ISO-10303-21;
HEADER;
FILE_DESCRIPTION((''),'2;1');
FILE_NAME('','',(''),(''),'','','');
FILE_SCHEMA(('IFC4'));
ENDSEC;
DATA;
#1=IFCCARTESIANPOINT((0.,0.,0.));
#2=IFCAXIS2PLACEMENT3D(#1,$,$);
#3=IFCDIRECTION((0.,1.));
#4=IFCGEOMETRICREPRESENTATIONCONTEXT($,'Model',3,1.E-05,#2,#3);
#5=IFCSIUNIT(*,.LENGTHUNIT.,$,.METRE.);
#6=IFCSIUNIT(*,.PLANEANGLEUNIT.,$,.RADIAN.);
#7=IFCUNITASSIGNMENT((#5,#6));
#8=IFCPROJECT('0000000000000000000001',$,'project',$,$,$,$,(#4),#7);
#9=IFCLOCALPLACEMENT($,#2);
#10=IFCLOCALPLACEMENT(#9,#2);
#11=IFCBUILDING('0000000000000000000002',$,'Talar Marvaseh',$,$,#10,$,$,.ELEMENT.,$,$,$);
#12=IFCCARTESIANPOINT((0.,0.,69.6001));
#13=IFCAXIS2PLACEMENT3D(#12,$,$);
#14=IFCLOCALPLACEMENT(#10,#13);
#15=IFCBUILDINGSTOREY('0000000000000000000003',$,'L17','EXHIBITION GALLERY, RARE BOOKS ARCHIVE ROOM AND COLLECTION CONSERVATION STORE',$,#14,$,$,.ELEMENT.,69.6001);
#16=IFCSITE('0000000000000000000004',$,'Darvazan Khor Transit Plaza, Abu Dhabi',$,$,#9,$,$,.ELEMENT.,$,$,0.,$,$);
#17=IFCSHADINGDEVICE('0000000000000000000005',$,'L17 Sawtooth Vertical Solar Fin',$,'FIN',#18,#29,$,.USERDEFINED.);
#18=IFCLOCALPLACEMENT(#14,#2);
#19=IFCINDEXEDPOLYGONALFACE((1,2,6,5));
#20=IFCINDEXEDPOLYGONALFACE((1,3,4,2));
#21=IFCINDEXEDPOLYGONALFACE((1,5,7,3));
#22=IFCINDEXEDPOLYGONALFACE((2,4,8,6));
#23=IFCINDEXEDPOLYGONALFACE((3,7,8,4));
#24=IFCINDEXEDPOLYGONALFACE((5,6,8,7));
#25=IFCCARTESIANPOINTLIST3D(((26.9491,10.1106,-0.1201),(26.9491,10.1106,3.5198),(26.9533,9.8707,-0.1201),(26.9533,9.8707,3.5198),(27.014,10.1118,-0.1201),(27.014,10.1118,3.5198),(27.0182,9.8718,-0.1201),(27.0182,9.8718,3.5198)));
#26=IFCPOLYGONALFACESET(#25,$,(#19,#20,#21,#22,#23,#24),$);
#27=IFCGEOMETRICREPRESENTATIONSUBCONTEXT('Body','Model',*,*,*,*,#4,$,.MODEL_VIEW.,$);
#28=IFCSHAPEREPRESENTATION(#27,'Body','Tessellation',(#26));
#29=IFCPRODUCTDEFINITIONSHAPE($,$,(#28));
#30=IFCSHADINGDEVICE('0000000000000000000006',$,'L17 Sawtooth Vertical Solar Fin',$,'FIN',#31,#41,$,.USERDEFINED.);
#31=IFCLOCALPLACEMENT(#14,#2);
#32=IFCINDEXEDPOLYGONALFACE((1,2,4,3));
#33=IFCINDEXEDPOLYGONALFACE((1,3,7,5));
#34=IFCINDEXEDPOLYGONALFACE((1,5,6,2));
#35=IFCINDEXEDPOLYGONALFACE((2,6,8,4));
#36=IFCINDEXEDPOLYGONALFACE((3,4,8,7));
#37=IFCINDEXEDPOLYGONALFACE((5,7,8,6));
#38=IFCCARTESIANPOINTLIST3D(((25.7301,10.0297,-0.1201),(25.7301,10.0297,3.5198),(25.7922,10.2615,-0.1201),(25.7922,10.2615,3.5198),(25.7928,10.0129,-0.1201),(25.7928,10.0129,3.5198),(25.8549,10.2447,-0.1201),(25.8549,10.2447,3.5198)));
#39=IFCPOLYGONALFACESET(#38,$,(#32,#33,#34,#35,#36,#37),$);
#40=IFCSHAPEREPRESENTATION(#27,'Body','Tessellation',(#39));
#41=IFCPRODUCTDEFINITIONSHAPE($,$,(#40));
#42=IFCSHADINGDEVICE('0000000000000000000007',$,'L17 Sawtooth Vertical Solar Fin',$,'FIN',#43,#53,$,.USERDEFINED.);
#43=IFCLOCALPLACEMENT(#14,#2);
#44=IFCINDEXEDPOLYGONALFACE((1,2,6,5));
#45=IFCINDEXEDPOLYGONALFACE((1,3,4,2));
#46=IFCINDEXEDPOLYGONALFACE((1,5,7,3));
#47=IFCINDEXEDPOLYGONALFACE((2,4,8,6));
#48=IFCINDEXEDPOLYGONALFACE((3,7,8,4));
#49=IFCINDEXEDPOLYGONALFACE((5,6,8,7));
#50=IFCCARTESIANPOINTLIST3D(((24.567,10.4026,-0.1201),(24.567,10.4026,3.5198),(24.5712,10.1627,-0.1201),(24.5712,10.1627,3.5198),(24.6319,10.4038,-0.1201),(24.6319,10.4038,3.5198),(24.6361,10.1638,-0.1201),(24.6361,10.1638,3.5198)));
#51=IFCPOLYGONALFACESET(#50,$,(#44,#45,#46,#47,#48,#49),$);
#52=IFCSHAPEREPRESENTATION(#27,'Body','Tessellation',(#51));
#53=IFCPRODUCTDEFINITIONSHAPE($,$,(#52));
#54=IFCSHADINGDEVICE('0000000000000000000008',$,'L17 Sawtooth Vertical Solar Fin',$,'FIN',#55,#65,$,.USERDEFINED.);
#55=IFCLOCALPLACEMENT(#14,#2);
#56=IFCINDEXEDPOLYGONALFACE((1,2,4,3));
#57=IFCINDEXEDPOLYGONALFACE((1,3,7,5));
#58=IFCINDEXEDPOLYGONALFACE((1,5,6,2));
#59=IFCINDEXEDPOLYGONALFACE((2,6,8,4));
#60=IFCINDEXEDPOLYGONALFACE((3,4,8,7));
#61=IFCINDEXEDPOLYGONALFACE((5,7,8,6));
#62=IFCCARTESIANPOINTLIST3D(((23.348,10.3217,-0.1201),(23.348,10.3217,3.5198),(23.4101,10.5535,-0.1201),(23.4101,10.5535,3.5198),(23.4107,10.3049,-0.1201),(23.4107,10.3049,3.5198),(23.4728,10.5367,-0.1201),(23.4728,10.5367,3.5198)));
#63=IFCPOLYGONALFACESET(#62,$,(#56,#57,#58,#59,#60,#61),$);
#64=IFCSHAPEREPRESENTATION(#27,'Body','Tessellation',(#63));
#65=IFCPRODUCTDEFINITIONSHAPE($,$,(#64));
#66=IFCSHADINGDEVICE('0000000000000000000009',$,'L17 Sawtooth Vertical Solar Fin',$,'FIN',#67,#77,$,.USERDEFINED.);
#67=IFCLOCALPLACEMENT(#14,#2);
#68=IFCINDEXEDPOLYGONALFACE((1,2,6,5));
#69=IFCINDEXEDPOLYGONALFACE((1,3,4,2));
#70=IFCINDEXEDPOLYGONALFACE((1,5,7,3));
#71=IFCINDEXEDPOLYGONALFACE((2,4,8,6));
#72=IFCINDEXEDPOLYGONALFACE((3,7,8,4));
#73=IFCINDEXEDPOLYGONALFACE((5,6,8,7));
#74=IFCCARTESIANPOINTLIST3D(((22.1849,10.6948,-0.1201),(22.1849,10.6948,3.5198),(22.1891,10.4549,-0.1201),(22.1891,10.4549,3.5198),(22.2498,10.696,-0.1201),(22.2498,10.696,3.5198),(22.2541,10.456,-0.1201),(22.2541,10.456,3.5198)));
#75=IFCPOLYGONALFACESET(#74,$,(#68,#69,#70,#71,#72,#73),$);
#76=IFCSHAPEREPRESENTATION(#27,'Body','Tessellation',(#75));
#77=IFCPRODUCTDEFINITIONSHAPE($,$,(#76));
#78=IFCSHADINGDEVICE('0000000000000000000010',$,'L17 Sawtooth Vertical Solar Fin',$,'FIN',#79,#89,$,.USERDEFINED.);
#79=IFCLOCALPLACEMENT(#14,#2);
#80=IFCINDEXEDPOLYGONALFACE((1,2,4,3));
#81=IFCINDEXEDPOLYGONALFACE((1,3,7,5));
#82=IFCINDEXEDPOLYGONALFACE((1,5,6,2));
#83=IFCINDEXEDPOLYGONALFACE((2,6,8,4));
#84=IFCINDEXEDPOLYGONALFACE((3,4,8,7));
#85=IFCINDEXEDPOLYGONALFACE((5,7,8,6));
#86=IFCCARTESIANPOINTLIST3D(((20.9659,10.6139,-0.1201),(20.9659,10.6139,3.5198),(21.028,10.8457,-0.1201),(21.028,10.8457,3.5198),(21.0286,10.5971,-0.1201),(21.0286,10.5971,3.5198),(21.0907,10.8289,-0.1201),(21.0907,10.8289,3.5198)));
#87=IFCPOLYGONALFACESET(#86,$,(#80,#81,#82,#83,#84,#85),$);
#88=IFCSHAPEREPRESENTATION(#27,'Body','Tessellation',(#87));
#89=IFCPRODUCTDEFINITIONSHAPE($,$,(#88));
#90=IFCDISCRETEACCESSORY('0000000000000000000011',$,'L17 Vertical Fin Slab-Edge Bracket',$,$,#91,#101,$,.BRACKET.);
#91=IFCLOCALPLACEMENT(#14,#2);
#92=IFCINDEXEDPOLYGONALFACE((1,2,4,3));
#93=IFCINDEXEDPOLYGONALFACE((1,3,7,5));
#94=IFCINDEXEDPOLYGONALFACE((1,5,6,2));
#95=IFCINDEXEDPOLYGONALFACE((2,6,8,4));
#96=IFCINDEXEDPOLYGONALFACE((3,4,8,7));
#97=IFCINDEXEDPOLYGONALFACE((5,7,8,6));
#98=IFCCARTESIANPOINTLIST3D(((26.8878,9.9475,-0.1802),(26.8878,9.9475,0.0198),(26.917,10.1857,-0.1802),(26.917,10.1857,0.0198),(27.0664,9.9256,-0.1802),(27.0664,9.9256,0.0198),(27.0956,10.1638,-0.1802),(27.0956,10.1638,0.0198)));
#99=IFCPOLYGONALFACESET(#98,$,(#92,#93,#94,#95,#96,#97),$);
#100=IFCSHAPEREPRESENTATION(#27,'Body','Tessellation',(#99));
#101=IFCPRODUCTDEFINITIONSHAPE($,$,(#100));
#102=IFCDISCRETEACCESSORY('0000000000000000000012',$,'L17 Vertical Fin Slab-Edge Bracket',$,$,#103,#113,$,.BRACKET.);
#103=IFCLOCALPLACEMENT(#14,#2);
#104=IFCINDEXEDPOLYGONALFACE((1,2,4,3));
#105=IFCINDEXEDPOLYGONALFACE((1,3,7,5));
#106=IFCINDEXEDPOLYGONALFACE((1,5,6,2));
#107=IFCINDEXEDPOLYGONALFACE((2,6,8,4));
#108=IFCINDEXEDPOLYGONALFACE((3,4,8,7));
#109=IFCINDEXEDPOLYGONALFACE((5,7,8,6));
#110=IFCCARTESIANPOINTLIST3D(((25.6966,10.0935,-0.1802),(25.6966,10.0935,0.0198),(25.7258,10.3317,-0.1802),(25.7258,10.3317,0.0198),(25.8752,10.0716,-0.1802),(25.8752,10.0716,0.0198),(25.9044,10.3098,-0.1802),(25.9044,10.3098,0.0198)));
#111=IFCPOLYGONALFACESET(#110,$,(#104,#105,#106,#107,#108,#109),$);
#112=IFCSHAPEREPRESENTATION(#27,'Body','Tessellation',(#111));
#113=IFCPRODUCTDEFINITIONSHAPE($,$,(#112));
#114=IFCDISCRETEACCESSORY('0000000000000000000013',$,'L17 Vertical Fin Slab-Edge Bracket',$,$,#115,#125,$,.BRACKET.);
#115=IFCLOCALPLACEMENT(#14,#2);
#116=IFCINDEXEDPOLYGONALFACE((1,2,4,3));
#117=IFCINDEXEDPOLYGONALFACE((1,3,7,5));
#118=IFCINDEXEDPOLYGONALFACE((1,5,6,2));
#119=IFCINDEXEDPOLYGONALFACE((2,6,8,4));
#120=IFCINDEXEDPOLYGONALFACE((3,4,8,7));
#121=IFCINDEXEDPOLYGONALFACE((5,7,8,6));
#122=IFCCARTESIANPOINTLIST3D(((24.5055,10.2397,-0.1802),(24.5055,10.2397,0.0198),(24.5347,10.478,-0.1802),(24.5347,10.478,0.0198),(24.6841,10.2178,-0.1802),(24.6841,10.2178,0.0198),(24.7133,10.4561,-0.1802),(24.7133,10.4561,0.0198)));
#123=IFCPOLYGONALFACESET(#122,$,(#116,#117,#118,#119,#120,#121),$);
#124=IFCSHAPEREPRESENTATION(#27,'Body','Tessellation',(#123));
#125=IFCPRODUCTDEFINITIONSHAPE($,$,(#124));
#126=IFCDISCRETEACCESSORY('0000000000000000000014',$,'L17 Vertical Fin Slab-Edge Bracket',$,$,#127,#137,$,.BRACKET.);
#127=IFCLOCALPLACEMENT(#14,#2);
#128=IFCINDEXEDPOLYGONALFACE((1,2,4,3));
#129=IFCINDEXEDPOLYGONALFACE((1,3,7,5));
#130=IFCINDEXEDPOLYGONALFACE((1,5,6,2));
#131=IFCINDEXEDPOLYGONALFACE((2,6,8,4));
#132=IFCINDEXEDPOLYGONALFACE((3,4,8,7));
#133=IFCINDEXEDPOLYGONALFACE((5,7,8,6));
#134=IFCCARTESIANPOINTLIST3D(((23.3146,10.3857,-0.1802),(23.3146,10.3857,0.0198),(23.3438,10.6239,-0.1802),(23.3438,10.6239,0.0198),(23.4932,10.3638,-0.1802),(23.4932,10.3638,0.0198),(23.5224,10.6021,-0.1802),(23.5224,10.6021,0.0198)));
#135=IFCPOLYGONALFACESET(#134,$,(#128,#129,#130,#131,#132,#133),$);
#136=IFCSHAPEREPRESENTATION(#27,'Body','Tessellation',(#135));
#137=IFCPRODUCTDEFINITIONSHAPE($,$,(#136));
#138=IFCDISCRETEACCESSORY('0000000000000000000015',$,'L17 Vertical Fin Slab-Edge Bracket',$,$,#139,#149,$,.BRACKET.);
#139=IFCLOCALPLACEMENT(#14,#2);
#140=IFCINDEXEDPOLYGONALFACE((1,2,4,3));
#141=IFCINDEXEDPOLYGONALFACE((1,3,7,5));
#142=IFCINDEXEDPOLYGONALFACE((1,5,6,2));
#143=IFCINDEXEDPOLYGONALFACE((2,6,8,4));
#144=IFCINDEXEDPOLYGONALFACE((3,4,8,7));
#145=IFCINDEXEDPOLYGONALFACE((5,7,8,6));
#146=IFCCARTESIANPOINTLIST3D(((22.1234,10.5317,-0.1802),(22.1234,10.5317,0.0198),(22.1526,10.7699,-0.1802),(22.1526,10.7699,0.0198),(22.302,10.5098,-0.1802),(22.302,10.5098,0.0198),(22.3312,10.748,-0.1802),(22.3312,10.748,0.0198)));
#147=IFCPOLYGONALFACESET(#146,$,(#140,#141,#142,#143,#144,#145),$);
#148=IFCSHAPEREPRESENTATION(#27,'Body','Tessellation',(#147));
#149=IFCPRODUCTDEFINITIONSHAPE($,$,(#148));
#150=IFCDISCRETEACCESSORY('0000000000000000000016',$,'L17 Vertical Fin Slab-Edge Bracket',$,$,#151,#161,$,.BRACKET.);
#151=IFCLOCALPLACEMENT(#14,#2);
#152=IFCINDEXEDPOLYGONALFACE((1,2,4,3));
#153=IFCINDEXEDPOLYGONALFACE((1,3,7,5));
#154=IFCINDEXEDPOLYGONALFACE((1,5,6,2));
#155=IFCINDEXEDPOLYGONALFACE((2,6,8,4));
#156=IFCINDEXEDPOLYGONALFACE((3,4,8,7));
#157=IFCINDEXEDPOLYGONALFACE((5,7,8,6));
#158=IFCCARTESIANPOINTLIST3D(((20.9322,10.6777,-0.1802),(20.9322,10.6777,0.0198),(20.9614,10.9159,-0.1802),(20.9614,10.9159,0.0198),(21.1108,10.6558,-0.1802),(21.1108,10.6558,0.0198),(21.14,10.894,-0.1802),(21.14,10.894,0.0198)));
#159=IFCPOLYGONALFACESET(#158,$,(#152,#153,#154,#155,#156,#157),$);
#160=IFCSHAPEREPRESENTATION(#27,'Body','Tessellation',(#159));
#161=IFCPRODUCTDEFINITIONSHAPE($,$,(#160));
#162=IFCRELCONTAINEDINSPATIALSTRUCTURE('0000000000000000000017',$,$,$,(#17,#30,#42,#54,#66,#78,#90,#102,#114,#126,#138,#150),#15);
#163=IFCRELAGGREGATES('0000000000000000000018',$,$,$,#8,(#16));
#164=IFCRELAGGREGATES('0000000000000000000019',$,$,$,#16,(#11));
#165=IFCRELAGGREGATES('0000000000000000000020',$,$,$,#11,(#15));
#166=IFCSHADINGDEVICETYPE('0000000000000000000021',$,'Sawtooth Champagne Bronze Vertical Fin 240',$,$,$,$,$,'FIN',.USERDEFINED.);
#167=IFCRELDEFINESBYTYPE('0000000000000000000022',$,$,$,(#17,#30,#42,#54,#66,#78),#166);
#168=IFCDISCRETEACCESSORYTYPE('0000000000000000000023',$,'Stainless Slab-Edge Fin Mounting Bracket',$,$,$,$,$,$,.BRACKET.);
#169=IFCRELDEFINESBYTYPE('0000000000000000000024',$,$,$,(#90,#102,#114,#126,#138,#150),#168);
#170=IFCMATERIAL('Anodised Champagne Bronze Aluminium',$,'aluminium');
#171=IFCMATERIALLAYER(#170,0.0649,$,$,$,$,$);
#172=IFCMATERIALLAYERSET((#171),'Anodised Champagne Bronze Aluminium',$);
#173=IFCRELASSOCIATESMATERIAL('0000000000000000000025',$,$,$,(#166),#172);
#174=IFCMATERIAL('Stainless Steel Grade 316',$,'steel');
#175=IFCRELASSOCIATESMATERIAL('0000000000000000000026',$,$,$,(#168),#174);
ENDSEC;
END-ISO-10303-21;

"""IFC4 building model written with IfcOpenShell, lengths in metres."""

from ifc_helpers import new_model, si_unit, direction, frame, origin, origin_2d, place, context, subcontext, project, spatial, rectangle, extrude, source, transform, mapped, material, layer, layer_set, type_object, type_shapes, element, save


model = new_model("IFC4")

# Units and contexts
model_context = context("Model", 3, precision=1e-05, world=origin(), true_north=direction((0.0, 1.0)))
body_context = subcontext(model_context, "Body", "Model", "MODEL_VIEW")
ifc_project = project(units=[si_unit("LENGTHUNIT", "METRE"), si_unit("PLANEANGLEUNIT", "RADIAN")], contexts=[model_context])

# Site, building, storey
site_placement = place(None, origin())
site = spatial("IfcSite", under=ifc_project, at=site_placement, Name="Darvazan Khor Transit Plaza, Abu Dhabi", CompositionType="ELEMENT", RefElevation=0.0)
building_placement = place(site_placement, origin())
building = spatial("IfcBuilding", under=site, at=building_placement, Name="Talar Marvaseh", CompositionType="ELEMENT")
storey_placement = place(building_placement, frame((0.0, 0.0, 69.6001)))
storey = spatial("IfcBuildingStorey", under=building, at=storey_placement, Name="L17", Description="EXHIBITION GALLERY, RARE BOOKS ARCHIVE ROOM AND COLLECTION CONSERVATION STORE", CompositionType="ELEMENT", Elevation=69.6001)

# Shading devices
ifc_material_1 = material(Name="Anodised Champagne Bronze Aluminium", Category="aluminium")
ifc_layer_1 = layer(ifc_material_1, 0.0649)
ifc_layer_set_1 = layer_set([ifc_layer_1], Name="Anodised Champagne Bronze Aluminium")
shading_device_type = type_object("IfcShadingDeviceType", Name="Sawtooth Champagne Bronze Vertical Fin 240", ElementType="FIN", PredefinedType="USERDEFINED", material=ifc_layer_set_1)
shared_shape_1 = source(origin(), body_context, "Body", "SweptSolid", [
    extrude(rectangle(XDim=0.24, YDim=0.0649, at=origin_2d()), origin(), (0.0, 0.0, 1.0), 3.6399),
])
type_shapes(shading_device_type, [shared_shape_1])
for number, where, z_axis, x_axis, name in (
    (1, (26.9836, 9.9912, -0.1201), (0.0, 0.0, 1.0), (0.017627, -0.999845, 0.0), "L17 Sawtooth Vertical Solar Fin"),
    (2, (25.7925, 10.1372, -0.1201), (0.0, 0.0, 1.0), (-0.25865, -0.965971, 0.0), "L17 Sawtooth Vertical Solar Fin"),
    (3, (24.6016, 10.2832, -0.1201), (0.0, 0.0, 1.0), (0.017627, -0.999845, 0.0), "L17 Sawtooth Vertical Solar Fin"),
    (4, (23.4104, 10.4292, -0.1201), (0.0, 0.0, 1.0), (-0.25865, -0.965971, 0.0), "L17 Sawtooth Vertical Solar Fin"),
    (5, (22.2195, 10.5754, -0.1201), (0.0, 0.0, 1.0), (0.017627, -0.999845, 0.0), "L17 Sawtooth Vertical Solar Fin"),
    (6, (21.0283, 10.7214, -0.1201), (0.0, 0.0, 1.0), (-0.25865, -0.965971, 0.0), "L17 Sawtooth Vertical Solar Fin"),
):
    element("IfcShadingDevice", number, at=place(storey_placement, frame(where, z_axis=z_axis, x_axis=x_axis)), inside=storey, type_object=shading_device_type, Name=name, ObjectType="FIN", PredefinedType="USERDEFINED", context=body_context, shape_type="MappedRepresentation", body=[
        mapped(shared_shape_1, transform((0.0, 0.0, 0.0), x_axis=(1.0, 0.0, 0.0), y_axis=(0.0, 1.0, 0.0), z_axis=(0.0, 0.0, 1.0), scale=1.0)),
    ])

# Discrete accessories
ifc_material_2 = material(Name="Stainless Steel Grade 316", Category="steel")
discrete_accessory_type = type_object("IfcDiscreteAccessoryType", Name="Stainless Slab-Edge Fin Mounting Bracket", PredefinedType="BRACKET", material=ifc_material_2)
shared_shape_2 = source(origin(), body_context, "Body", "SweptSolid", [
    extrude(rectangle(XDim=0.24, YDim=0.1799, at=origin_2d()), origin(), (0.0, 0.0, 1.0), 0.2),
])
type_shapes(discrete_accessory_type, [shared_shape_2])
for number, where, z_axis, x_axis, name in (
    (7, (26.9917, 10.0557, -0.1802), (0.0, 0.0, 1.0), (-0.121696, -0.992567, 0.0), "L17 Vertical Fin Slab-Edge Bracket"),
    (8, (25.8005, 10.2017, -0.1802), (0.0, 0.0, 1.0), (-0.121696, -0.992567, 0.0), "L17 Vertical Fin Slab-Edge Bracket"),
    (9, (24.6094, 10.3479, -0.1802), (0.0, 0.0, 1.0), (-0.121696, -0.992567, 0.0), "L17 Vertical Fin Slab-Edge Bracket"),
    (10, (23.4185, 10.4939, -0.1802), (0.0, 0.0, 1.0), (-0.121696, -0.992567, 0.0), "L17 Vertical Fin Slab-Edge Bracket"),
    (11, (22.2273, 10.6399, -0.1802), (0.0, 0.0, 1.0), (-0.121696, -0.992567, 0.0), "L17 Vertical Fin Slab-Edge Bracket"),
    (12, (21.0361, 10.7859, -0.1802), (0.0, 0.0, 1.0), (-0.121696, -0.992567, 0.0), "L17 Vertical Fin Slab-Edge Bracket"),
):
    element("IfcDiscreteAccessory", number, at=place(storey_placement, frame(where, z_axis=z_axis, x_axis=x_axis)), inside=storey, type_object=discrete_accessory_type, Name=name, PredefinedType="BRACKET", context=body_context, shape_type="MappedRepresentation", body=[
        mapped(shared_shape_2, transform((0.0, 0.0, 0.0), x_axis=(1.0, 0.0, 0.0), y_axis=(0.0, 1.0, 0.0), z_axis=(0.0, 0.0, 1.0), scale=1.0)),
    ])

save(model, "model.ifc")
